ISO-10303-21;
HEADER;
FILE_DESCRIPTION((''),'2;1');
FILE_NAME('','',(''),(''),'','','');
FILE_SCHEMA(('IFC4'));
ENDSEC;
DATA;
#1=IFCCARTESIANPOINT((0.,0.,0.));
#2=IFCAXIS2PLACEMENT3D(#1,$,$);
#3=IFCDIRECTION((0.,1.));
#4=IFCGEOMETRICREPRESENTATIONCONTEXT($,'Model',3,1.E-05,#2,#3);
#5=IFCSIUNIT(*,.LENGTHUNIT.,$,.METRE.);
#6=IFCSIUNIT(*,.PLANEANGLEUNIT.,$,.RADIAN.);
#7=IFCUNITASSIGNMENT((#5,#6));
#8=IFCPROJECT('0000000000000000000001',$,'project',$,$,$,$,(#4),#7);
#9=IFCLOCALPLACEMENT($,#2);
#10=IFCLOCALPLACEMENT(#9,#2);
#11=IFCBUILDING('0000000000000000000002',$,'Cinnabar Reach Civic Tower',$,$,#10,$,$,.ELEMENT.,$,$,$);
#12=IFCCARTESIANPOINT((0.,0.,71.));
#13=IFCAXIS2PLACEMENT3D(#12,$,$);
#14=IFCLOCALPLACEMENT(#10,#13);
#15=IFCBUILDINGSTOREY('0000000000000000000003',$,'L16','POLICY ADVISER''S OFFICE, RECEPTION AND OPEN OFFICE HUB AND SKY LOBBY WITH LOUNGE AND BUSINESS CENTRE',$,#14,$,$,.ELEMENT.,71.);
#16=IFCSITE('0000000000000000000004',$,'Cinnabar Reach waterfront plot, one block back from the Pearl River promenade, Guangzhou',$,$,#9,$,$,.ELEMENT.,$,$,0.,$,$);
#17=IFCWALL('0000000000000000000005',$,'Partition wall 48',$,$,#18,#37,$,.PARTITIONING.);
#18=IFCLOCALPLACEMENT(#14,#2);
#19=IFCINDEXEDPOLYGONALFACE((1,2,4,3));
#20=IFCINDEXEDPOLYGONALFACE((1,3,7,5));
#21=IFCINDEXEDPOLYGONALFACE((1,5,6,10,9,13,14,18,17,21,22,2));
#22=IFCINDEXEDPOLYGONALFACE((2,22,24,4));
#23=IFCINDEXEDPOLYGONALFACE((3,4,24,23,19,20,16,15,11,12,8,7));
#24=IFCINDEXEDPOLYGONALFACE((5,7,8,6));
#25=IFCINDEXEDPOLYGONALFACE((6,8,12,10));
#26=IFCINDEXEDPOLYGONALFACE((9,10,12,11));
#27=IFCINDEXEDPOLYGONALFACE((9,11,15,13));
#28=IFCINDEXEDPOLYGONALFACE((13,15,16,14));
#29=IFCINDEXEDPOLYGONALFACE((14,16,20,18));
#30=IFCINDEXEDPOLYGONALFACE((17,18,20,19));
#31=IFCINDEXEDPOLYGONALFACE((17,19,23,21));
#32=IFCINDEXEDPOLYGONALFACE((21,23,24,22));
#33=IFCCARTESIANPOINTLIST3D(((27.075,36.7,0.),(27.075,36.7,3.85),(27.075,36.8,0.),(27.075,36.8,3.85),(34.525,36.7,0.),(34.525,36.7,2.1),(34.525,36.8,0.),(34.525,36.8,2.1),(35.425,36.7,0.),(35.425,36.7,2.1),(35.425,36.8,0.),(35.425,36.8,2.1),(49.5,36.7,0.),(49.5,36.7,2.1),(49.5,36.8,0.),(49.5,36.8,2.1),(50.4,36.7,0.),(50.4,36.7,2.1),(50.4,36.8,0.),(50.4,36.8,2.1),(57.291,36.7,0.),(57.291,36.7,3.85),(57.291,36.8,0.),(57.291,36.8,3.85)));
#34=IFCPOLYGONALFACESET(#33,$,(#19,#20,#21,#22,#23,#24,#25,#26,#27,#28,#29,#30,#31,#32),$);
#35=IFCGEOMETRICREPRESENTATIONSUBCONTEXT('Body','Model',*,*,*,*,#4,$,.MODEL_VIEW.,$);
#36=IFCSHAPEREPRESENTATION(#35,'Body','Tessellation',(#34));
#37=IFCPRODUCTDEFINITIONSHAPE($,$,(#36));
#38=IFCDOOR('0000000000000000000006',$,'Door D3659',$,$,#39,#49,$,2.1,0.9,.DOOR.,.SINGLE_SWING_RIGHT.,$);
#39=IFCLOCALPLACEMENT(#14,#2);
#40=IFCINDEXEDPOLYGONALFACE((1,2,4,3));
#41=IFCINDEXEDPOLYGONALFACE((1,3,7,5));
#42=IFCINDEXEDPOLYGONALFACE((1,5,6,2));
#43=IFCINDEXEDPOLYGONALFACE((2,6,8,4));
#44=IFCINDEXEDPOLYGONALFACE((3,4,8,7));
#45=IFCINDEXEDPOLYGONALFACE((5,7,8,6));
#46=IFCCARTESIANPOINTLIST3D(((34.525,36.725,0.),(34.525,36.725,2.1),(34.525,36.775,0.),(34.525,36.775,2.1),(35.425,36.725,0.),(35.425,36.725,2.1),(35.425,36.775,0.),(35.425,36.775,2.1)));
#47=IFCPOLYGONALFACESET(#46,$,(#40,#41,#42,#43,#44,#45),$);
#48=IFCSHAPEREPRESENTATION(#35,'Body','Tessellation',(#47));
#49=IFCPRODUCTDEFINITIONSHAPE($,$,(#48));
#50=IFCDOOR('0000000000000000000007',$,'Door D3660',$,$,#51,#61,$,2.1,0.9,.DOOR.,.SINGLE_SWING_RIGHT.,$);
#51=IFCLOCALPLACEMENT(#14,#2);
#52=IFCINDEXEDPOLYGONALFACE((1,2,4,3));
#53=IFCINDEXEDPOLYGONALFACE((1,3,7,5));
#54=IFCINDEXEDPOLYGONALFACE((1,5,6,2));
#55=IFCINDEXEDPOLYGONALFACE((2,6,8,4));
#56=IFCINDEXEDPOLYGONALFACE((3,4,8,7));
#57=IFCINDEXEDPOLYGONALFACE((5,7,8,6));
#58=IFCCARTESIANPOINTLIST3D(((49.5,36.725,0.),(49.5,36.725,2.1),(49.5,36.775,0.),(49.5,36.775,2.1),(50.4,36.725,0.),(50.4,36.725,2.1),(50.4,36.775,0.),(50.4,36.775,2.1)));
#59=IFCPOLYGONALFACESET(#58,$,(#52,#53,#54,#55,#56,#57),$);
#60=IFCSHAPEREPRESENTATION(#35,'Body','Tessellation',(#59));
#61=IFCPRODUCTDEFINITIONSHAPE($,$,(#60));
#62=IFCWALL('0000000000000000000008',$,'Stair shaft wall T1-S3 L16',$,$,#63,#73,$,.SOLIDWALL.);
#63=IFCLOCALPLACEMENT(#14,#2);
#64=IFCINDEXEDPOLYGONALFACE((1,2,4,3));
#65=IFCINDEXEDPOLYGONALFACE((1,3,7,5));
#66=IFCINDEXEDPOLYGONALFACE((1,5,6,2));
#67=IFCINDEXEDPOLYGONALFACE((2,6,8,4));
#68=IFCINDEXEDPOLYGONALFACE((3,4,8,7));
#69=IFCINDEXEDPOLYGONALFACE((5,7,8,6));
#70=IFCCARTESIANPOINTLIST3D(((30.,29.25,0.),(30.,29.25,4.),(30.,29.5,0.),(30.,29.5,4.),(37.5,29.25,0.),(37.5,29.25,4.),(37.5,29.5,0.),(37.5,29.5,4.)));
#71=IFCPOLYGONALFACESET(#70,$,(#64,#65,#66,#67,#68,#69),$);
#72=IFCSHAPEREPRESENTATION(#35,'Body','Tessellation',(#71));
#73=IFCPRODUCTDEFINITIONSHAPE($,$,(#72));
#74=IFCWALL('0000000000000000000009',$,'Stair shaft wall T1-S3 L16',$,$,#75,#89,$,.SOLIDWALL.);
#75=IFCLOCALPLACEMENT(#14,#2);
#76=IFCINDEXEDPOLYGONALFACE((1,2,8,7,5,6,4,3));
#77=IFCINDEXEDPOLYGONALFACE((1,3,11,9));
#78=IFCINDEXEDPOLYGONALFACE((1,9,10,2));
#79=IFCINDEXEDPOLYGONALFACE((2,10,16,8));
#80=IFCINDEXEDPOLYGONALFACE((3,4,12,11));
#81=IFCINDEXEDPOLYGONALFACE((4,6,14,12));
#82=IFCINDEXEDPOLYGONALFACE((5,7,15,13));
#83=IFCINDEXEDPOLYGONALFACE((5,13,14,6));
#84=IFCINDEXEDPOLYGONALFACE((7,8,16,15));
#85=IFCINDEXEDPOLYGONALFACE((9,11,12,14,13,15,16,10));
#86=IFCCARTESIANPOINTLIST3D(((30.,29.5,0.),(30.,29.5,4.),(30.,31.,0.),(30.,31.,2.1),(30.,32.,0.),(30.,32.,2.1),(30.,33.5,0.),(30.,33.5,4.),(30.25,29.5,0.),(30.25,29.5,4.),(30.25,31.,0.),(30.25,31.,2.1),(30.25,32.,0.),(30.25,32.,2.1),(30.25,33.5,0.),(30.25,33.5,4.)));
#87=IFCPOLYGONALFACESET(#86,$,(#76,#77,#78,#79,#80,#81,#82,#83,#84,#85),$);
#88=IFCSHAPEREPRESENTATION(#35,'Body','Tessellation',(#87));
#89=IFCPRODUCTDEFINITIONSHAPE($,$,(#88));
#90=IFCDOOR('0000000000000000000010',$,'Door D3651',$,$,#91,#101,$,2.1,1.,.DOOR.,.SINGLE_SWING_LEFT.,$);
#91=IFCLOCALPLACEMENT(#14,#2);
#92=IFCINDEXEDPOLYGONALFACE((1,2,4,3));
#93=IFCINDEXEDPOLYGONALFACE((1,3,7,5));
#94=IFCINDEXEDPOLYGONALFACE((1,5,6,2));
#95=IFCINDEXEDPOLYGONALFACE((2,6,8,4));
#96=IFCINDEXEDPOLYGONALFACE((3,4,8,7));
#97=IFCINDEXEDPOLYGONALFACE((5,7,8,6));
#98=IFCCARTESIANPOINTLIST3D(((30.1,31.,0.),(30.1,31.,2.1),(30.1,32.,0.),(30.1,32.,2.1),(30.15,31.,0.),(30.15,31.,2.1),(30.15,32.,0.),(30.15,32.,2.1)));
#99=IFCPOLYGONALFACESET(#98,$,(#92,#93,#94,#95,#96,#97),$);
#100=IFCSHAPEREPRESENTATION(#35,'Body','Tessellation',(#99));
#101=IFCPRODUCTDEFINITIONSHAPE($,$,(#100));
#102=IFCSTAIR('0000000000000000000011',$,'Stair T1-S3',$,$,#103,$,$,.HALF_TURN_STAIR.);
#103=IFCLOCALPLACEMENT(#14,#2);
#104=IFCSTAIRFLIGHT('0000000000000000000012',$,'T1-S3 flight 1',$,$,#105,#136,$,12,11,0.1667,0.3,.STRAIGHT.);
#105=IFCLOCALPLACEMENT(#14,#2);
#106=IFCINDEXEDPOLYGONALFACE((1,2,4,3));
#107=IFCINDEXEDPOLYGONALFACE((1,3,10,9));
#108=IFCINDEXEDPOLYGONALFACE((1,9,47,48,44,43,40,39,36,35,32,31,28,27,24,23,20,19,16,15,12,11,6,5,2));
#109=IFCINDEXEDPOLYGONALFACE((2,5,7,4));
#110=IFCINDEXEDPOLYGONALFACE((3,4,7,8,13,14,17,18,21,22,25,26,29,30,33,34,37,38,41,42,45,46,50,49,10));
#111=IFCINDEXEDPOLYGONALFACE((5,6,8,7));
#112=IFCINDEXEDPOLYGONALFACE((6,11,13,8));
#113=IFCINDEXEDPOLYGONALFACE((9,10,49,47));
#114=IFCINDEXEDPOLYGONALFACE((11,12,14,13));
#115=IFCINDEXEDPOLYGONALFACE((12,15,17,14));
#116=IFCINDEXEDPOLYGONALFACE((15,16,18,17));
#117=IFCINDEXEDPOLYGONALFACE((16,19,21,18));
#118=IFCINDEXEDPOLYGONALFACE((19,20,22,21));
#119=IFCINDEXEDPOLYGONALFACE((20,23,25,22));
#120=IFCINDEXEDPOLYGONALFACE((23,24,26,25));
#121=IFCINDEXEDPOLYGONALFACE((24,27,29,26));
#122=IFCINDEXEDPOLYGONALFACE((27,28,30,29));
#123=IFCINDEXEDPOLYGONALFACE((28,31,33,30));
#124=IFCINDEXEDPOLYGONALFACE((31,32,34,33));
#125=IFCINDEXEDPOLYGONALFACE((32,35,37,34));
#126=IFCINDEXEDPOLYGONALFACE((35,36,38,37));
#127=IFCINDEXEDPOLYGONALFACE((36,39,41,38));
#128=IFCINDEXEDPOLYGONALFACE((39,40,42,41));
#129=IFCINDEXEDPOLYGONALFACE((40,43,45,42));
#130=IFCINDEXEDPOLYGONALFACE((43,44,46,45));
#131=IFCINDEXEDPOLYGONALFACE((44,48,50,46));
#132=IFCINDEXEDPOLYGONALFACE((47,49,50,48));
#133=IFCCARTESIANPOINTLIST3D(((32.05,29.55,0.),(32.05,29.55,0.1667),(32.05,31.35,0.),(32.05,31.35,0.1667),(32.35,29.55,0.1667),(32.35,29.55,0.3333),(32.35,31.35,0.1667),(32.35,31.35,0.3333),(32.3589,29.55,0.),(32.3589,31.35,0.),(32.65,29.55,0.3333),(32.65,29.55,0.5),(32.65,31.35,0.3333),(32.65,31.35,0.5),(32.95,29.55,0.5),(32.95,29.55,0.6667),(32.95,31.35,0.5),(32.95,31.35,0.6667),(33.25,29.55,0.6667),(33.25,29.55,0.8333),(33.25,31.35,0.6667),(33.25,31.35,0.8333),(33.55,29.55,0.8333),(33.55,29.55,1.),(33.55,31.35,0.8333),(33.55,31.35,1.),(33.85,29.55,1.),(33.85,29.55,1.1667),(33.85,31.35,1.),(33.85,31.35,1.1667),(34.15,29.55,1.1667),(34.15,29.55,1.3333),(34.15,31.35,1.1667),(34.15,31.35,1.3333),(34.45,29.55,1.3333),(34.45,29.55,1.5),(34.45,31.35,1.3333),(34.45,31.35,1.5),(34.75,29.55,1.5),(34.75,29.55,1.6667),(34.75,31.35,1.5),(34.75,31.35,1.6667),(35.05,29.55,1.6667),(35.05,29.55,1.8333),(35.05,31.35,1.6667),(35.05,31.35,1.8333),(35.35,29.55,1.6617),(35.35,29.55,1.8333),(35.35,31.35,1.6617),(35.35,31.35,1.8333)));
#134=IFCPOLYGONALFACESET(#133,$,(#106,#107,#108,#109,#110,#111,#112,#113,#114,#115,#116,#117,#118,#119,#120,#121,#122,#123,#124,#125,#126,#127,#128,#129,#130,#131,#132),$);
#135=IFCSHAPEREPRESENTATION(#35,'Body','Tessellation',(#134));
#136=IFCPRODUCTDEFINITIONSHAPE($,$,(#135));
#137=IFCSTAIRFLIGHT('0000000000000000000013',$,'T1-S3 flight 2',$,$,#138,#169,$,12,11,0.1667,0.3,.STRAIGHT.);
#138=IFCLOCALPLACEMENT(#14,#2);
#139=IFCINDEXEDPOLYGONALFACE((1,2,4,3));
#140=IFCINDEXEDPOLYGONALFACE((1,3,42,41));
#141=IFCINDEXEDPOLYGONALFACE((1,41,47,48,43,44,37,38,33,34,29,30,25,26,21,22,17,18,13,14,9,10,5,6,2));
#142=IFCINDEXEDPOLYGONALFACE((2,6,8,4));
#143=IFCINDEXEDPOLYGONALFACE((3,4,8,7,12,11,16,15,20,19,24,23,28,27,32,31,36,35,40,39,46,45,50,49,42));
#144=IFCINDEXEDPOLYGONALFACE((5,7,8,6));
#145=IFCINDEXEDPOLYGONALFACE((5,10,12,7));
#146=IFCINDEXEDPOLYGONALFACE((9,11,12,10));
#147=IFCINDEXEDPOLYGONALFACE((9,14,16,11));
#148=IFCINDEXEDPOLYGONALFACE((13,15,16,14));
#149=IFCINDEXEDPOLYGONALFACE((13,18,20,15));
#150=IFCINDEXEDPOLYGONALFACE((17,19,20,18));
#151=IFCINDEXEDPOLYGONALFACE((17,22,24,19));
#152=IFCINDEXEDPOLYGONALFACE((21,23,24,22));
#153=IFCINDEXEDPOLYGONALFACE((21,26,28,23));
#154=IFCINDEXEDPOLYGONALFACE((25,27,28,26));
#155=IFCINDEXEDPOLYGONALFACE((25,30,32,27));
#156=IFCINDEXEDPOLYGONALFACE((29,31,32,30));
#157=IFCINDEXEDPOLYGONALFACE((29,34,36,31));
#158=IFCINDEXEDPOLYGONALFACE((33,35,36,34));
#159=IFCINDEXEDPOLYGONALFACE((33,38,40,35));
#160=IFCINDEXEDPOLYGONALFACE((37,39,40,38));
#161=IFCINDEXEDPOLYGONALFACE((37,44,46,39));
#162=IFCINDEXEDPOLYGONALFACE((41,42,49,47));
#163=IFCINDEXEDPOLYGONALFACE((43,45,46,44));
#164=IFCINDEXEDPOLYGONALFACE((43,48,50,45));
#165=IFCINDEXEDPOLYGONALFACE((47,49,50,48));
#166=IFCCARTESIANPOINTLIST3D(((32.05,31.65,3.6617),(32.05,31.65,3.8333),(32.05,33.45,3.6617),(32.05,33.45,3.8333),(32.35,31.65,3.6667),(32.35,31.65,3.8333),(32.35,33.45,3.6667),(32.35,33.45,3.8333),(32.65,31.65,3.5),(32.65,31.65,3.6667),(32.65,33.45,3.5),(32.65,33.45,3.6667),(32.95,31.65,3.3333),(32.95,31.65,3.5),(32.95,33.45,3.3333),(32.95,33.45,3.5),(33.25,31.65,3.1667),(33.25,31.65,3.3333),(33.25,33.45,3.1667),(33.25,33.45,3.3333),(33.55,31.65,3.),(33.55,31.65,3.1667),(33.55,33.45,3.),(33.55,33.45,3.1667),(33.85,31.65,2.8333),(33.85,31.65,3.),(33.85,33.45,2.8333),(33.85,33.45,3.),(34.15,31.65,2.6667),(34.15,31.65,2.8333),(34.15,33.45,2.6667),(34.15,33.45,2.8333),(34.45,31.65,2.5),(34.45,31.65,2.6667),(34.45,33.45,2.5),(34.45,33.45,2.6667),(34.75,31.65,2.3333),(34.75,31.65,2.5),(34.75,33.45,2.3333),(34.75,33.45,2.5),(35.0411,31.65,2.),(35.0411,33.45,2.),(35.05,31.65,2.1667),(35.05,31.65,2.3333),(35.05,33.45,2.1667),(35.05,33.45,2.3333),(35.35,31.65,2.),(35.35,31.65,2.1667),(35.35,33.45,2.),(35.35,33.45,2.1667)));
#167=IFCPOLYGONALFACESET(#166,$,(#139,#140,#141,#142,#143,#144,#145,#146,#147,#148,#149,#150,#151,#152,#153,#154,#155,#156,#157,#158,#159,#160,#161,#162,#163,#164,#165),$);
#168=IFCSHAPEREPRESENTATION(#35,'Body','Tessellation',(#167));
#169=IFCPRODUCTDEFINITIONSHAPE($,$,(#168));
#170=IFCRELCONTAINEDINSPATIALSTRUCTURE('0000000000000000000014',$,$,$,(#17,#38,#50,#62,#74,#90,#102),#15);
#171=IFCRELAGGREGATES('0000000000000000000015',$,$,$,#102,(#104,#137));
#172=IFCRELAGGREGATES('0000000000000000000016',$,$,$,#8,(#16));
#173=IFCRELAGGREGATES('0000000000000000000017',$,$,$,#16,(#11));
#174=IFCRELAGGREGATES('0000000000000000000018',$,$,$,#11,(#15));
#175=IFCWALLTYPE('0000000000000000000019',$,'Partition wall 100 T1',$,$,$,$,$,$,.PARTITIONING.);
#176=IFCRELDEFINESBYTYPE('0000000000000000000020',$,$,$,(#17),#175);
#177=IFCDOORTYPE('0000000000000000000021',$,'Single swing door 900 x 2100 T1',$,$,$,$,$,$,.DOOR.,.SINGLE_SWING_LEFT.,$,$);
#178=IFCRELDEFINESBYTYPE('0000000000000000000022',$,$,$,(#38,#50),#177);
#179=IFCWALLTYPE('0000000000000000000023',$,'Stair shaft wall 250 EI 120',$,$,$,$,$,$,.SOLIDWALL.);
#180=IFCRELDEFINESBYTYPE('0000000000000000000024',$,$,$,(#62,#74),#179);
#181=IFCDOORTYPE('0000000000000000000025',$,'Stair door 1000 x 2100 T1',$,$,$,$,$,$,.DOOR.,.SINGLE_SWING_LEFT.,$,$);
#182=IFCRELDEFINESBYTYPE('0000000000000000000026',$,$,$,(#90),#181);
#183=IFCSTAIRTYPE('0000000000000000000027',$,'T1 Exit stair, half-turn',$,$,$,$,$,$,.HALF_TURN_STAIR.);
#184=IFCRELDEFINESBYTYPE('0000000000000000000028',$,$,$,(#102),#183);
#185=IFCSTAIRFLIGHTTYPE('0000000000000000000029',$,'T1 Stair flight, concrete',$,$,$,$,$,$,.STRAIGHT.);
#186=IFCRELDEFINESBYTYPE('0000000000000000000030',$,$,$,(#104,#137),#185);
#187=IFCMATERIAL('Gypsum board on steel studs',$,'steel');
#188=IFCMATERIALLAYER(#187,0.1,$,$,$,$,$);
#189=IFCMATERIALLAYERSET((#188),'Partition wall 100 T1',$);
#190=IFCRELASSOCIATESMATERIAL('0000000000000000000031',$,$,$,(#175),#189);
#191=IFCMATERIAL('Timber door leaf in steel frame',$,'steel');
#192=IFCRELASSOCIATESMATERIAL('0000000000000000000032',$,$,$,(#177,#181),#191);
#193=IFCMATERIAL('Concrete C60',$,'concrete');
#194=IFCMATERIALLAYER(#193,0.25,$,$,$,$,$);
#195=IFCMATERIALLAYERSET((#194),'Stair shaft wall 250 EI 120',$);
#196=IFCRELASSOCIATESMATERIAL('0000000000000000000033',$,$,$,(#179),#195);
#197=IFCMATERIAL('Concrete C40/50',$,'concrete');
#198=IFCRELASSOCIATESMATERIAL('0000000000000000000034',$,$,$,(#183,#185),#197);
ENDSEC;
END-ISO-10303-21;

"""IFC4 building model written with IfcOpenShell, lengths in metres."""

from ifc_helpers import new_model, si_unit, direction, frame, frame_2d, origin, place, context, subcontext, project, spatial, polyline, rectangle, outline, extrude, material, layer, layer_set, type_object, element, fill, aggregate, save


model = new_model("IFC4")

# Units and contexts
model_context = context("Model", 3, precision=1e-05, world=origin(), true_north=direction((0.0, 1.0)))
body_context = subcontext(model_context, "Body", "Model", "MODEL_VIEW")
ifc_project = project(units=[si_unit("LENGTHUNIT", "METRE"), si_unit("PLANEANGLEUNIT", "RADIAN")], contexts=[model_context])

# Site, building, storey
site_placement = place(None, origin())
site = spatial("IfcSite", under=ifc_project, at=site_placement, Name="Cinnabar Reach waterfront plot, one block back from the Pearl River promenade, Guangzhou", CompositionType="ELEMENT", RefElevation=0.0)
building_placement = place(site_placement, origin())
building = spatial("IfcBuilding", under=site, at=building_placement, Name="Cinnabar Reach Civic Tower", CompositionType="ELEMENT")
storey_placement = place(building_placement, frame((0.0, 0.0, 71.0)))
storey = spatial("IfcBuildingStorey", under=building, at=storey_placement, Name="L16", Description="POLICY ADVISER'S OFFICE, RECEPTION AND OPEN OFFICE HUB AND SKY LOBBY WITH LOUNGE AND BUSINESS CENTRE", CompositionType="ELEMENT", Elevation=71.0)

# Wall, openings, doors
ifc_material_1 = material(Name="Gypsum board on steel studs", Category="steel")
ifc_layer_1 = layer(ifc_material_1, 0.1)
ifc_layer_set_1 = layer_set([ifc_layer_1], Name="Partition wall 100 T1")
wall_type_1 = type_object("IfcWallType", Name="Partition wall 100 T1", PredefinedType="PARTITIONING", material=ifc_layer_set_1)
ifc_material_2 = material(Name="Timber door leaf in steel frame", Category="steel")
door_type_1 = type_object("IfcDoorType", Name="Single swing door 900 x 2100 T1", OperationType="SINGLE_SWING_LEFT", PredefinedType="DOOR", material=ifc_material_2)
wall_1_placement = place(storey_placement, frame((27.075, 36.75, 0.0), z_axis=(0.0, 0.0, 1.0), x_axis=(1.0, 0.0, 0.0)))
wall_1 = element("IfcWall", 1, at=wall_1_placement, inside=storey, type_object=wall_type_1, Name="Partition wall 48", PredefinedType="PARTITIONING", context=body_context, shape_type="SweptSolid", body=[
    extrude(rectangle(XDim=30.2159, YDim=0.1, at=frame_2d((15.108, 0.0))), origin(), (0.0, 0.0, 1.0), 3.85),
])
opening_1_placement = place(wall_1_placement, frame((7.45, 0.0, 0.0)))
opening_1 = element("IfcOpeningElement", 2, at=opening_1_placement, cuts=wall_1, PredefinedType="OPENING", context=body_context, shape_type="SweptSolid", body=[
    extrude(rectangle(XDim=0.9, YDim=2.1, at=frame_2d((0.45, 1.05))), frame((0.0, 0.06, 0.0), z_axis=(0.0, -1.0, 0.0), x_axis=(1.0, 0.0, 0.0)), (0.0, 0.0, 1.0), 0.12),
])
opening_2_placement = place(wall_1_placement, frame((22.425, 0.0, 0.0)))
opening_2 = element("IfcOpeningElement", 3, at=opening_2_placement, cuts=wall_1, PredefinedType="OPENING", context=body_context, shape_type="SweptSolid", body=[
    extrude(rectangle(XDim=0.9, YDim=2.1, at=frame_2d((0.45, 1.05))), frame((0.0, 0.06, 0.0), z_axis=(0.0, -1.0, 0.0), x_axis=(1.0, 0.0, 0.0)), (0.0, 0.0, 1.0), 0.12),
])
door_1_placement = place(opening_1_placement, origin())
door_1 = element("IfcDoor", 4, at=door_1_placement, inside=storey, type_object=door_type_1, Name="Door D3659", OperationType="SINGLE_SWING_RIGHT", OverallHeight=2.1, OverallWidth=0.9, PredefinedType="DOOR", context=body_context, shape_type="SweptSolid", body=[
    extrude(rectangle(XDim=0.9, YDim=2.1, at=frame_2d((0.45, 1.05))), frame((0.0, 0.025, 0.0), z_axis=(0.0, -1.0, 0.0), x_axis=(1.0, 0.0, 0.0)), (0.0, 0.0, 1.0), 0.05),
])
fill(opening_1, door_1)
door_2_placement = place(opening_2_placement, origin())
door_2 = element("IfcDoor", 5, at=door_2_placement, inside=storey, type_object=door_type_1, Name="Door D3660", OperationType="SINGLE_SWING_RIGHT", OverallHeight=2.1, OverallWidth=0.9, PredefinedType="DOOR", context=body_context, shape_type="SweptSolid", body=[
    extrude(rectangle(XDim=0.9, YDim=2.1, at=frame_2d((0.45, 1.05))), frame((0.0, 0.025, 0.0), z_axis=(0.0, -1.0, 0.0), x_axis=(1.0, 0.0, 0.0)), (0.0, 0.0, 1.0), 0.05),
])
fill(opening_2, door_2)

# Wall
ifc_material_3 = material(Name="Concrete C60", Category="concrete")
ifc_layer_2 = layer(ifc_material_3, 0.25)
ifc_layer_set_2 = layer_set([ifc_layer_2], Name="Stair shaft wall 250 EI 120")
wall_type_2 = type_object("IfcWallType", Name="Stair shaft wall 250 EI 120", PredefinedType="SOLIDWALL", material=ifc_layer_set_2)
wall_2_placement = place(storey_placement, frame((30.0, 29.375, 0.0), z_axis=(0.0, 0.0, 1.0), x_axis=(1.0, 0.0, 0.0)))
element("IfcWall", 6, at=wall_2_placement, inside=storey, type_object=wall_type_2, Name="Stair shaft wall T1-S3 L16", PredefinedType="SOLIDWALL", context=body_context, shape_type="SweptSolid", body=[
    extrude(rectangle(XDim=7.5, YDim=0.25, at=frame_2d((3.75, 0.0))), origin(), (0.0, 0.0, 1.0), 4.0),
])

# Wall, opening, door
wall_3_placement = place(storey_placement, frame((30.125, 33.5, 0.0), z_axis=(0.0, 0.0, 1.0), x_axis=(0.0, -1.0, 0.0)))
wall_3 = element("IfcWall", 7, at=wall_3_placement, inside=storey, type_object=wall_type_2, Name="Stair shaft wall T1-S3 L16", PredefinedType="SOLIDWALL", context=body_context, shape_type="SweptSolid", body=[
    extrude(rectangle(XDim=4.0, YDim=0.25, at=frame_2d((2.0, 0.0))), origin(), (0.0, 0.0, 1.0), 4.0),
])
opening_3_placement = place(wall_3_placement, frame((1.5, 0.0, 0.0)))
opening_3 = element("IfcOpeningElement", 8, at=opening_3_placement, cuts=wall_3, PredefinedType="OPENING", context=body_context, shape_type="SweptSolid", body=[
    extrude(rectangle(XDim=1.0, YDim=2.1, at=frame_2d((0.5, 1.05))), frame((0.0, 0.135, 0.0), z_axis=(0.0, -1.0, 0.0), x_axis=(1.0, 0.0, 0.0)), (0.0, 0.0, 1.0), 0.27),
])
door_type_2 = type_object("IfcDoorType", Name="Stair door 1000 x 2100 T1", OperationType="SINGLE_SWING_LEFT", PredefinedType="DOOR", material=ifc_material_2)
door_3_placement = place(opening_3_placement, origin())
door_3 = element("IfcDoor", 9, at=door_3_placement, inside=storey, type_object=door_type_2, Name="Door D3651", OperationType="SINGLE_SWING_LEFT", OverallHeight=2.1, OverallWidth=1.0, PredefinedType="DOOR", context=body_context, shape_type="SweptSolid", body=[
    extrude(rectangle(XDim=1.0, YDim=2.1, at=frame_2d((0.5, 1.05))), frame((0.0, 0.025, 0.0), z_axis=(0.0, -1.0, 0.0), x_axis=(1.0, 0.0, 0.0)), (0.0, 0.0, 1.0), 0.05),
])
fill(opening_3, door_3)

# Stair, stair flights
ifc_material_4 = material(Name="Concrete C40/50", Category="concrete")
stair_type = type_object("IfcStairType", Name="T1 Exit stair, half-turn", PredefinedType="HALF_TURN_STAIR", material=ifc_material_4)
stair_placement = place(storey_placement, origin())
stair = element("IfcStair", 10, at=stair_placement, inside=storey, type_object=stair_type, Name="Stair T1-S3", PredefinedType="HALF_TURN_STAIR")
stair_flight_type = type_object("IfcStairFlightType", Name="T1 Stair flight, concrete", PredefinedType="STRAIGHT", material=ifc_material_4)
stair_flight_1_placement = place(storey_placement, frame((32.05, 30.45, 0.0), z_axis=(0.0, 0.0, 1.0), x_axis=(1.0, 0.0, 0.0)))
stair_flight_1 = element("IfcStairFlight", 11, at=stair_flight_1_placement, type_object=stair_flight_type, Name="T1-S3 flight 1", NumberOfRisers=12, NumberOfTreads=11, PredefinedType="STRAIGHT", RiserHeight=0.1667, TreadLength=0.3, context=body_context, shape_type="SweptSolid", body=[
    extrude(outline(polyline([(0.0, 0.0), (0.0, 0.1667), (0.3, 0.1667), (0.3, 0.3333), (0.6, 0.3333), (0.6, 0.5), (0.9, 0.5), (0.9, 0.6667), (1.2, 0.6667), (1.2, 0.8333), (1.5, 0.8333), (1.5, 1.0), (1.8, 1.0), (1.8, 1.1667), (2.1, 1.1667), (2.1, 1.3333), (2.4, 1.3333), (2.4, 1.5), (2.7, 1.5), (2.7, 1.6667), (3.0, 1.6667), (3.0, 1.8333), (3.3, 1.8333), (3.3, 2.0), (3.3, 1.6617), (0.3089, 0.0), (0.0, 0.0)])), frame((0.0, 0.9, 0.0), z_axis=(0.0, -1.0, 0.0), x_axis=(1.0, 0.0, 0.0)), (0.0, 0.0, 1.0), 1.8),
])
stair_flight_2_placement = place(storey_placement, frame((35.35, 32.55, 2.0), z_axis=(0.0, 0.0, 1.0), x_axis=(-1.0, 0.0, 0.0)))
stair_flight_2 = element("IfcStairFlight", 12, at=stair_flight_2_placement, type_object=stair_flight_type, Name="T1-S3 flight 2", NumberOfRisers=12, NumberOfTreads=11, PredefinedType="STRAIGHT", RiserHeight=0.1667, TreadLength=0.3, context=body_context, shape_type="SweptSolid", body=[
    extrude(outline(polyline([(0.0, 0.0), (0.0, 0.1667), (0.3, 0.1667), (0.3, 0.3333), (0.6, 0.3333), (0.6, 0.5), (0.9, 0.5), (0.9, 0.6667), (1.2, 0.6667), (1.2, 0.8333), (1.5, 0.8333), (1.5, 1.0), (1.8, 1.0), (1.8, 1.1667), (2.1, 1.1667), (2.1, 1.3333), (2.4, 1.3333), (2.4, 1.5), (2.7, 1.5), (2.7, 1.6667), (3.0, 1.6667), (3.0, 1.8333), (3.3, 1.8333), (3.3, 2.0), (3.3, 1.6617), (0.3089, 0.0), (0.0, 0.0)])), frame((0.0, 0.9, 0.0), z_axis=(0.0, -1.0, 0.0), x_axis=(1.0, 0.0, 0.0)), (0.0, 0.0, 1.0), 1.8),
])
aggregate(stair, [stair_flight_1, stair_flight_2])

save(model, "model.ifc")
